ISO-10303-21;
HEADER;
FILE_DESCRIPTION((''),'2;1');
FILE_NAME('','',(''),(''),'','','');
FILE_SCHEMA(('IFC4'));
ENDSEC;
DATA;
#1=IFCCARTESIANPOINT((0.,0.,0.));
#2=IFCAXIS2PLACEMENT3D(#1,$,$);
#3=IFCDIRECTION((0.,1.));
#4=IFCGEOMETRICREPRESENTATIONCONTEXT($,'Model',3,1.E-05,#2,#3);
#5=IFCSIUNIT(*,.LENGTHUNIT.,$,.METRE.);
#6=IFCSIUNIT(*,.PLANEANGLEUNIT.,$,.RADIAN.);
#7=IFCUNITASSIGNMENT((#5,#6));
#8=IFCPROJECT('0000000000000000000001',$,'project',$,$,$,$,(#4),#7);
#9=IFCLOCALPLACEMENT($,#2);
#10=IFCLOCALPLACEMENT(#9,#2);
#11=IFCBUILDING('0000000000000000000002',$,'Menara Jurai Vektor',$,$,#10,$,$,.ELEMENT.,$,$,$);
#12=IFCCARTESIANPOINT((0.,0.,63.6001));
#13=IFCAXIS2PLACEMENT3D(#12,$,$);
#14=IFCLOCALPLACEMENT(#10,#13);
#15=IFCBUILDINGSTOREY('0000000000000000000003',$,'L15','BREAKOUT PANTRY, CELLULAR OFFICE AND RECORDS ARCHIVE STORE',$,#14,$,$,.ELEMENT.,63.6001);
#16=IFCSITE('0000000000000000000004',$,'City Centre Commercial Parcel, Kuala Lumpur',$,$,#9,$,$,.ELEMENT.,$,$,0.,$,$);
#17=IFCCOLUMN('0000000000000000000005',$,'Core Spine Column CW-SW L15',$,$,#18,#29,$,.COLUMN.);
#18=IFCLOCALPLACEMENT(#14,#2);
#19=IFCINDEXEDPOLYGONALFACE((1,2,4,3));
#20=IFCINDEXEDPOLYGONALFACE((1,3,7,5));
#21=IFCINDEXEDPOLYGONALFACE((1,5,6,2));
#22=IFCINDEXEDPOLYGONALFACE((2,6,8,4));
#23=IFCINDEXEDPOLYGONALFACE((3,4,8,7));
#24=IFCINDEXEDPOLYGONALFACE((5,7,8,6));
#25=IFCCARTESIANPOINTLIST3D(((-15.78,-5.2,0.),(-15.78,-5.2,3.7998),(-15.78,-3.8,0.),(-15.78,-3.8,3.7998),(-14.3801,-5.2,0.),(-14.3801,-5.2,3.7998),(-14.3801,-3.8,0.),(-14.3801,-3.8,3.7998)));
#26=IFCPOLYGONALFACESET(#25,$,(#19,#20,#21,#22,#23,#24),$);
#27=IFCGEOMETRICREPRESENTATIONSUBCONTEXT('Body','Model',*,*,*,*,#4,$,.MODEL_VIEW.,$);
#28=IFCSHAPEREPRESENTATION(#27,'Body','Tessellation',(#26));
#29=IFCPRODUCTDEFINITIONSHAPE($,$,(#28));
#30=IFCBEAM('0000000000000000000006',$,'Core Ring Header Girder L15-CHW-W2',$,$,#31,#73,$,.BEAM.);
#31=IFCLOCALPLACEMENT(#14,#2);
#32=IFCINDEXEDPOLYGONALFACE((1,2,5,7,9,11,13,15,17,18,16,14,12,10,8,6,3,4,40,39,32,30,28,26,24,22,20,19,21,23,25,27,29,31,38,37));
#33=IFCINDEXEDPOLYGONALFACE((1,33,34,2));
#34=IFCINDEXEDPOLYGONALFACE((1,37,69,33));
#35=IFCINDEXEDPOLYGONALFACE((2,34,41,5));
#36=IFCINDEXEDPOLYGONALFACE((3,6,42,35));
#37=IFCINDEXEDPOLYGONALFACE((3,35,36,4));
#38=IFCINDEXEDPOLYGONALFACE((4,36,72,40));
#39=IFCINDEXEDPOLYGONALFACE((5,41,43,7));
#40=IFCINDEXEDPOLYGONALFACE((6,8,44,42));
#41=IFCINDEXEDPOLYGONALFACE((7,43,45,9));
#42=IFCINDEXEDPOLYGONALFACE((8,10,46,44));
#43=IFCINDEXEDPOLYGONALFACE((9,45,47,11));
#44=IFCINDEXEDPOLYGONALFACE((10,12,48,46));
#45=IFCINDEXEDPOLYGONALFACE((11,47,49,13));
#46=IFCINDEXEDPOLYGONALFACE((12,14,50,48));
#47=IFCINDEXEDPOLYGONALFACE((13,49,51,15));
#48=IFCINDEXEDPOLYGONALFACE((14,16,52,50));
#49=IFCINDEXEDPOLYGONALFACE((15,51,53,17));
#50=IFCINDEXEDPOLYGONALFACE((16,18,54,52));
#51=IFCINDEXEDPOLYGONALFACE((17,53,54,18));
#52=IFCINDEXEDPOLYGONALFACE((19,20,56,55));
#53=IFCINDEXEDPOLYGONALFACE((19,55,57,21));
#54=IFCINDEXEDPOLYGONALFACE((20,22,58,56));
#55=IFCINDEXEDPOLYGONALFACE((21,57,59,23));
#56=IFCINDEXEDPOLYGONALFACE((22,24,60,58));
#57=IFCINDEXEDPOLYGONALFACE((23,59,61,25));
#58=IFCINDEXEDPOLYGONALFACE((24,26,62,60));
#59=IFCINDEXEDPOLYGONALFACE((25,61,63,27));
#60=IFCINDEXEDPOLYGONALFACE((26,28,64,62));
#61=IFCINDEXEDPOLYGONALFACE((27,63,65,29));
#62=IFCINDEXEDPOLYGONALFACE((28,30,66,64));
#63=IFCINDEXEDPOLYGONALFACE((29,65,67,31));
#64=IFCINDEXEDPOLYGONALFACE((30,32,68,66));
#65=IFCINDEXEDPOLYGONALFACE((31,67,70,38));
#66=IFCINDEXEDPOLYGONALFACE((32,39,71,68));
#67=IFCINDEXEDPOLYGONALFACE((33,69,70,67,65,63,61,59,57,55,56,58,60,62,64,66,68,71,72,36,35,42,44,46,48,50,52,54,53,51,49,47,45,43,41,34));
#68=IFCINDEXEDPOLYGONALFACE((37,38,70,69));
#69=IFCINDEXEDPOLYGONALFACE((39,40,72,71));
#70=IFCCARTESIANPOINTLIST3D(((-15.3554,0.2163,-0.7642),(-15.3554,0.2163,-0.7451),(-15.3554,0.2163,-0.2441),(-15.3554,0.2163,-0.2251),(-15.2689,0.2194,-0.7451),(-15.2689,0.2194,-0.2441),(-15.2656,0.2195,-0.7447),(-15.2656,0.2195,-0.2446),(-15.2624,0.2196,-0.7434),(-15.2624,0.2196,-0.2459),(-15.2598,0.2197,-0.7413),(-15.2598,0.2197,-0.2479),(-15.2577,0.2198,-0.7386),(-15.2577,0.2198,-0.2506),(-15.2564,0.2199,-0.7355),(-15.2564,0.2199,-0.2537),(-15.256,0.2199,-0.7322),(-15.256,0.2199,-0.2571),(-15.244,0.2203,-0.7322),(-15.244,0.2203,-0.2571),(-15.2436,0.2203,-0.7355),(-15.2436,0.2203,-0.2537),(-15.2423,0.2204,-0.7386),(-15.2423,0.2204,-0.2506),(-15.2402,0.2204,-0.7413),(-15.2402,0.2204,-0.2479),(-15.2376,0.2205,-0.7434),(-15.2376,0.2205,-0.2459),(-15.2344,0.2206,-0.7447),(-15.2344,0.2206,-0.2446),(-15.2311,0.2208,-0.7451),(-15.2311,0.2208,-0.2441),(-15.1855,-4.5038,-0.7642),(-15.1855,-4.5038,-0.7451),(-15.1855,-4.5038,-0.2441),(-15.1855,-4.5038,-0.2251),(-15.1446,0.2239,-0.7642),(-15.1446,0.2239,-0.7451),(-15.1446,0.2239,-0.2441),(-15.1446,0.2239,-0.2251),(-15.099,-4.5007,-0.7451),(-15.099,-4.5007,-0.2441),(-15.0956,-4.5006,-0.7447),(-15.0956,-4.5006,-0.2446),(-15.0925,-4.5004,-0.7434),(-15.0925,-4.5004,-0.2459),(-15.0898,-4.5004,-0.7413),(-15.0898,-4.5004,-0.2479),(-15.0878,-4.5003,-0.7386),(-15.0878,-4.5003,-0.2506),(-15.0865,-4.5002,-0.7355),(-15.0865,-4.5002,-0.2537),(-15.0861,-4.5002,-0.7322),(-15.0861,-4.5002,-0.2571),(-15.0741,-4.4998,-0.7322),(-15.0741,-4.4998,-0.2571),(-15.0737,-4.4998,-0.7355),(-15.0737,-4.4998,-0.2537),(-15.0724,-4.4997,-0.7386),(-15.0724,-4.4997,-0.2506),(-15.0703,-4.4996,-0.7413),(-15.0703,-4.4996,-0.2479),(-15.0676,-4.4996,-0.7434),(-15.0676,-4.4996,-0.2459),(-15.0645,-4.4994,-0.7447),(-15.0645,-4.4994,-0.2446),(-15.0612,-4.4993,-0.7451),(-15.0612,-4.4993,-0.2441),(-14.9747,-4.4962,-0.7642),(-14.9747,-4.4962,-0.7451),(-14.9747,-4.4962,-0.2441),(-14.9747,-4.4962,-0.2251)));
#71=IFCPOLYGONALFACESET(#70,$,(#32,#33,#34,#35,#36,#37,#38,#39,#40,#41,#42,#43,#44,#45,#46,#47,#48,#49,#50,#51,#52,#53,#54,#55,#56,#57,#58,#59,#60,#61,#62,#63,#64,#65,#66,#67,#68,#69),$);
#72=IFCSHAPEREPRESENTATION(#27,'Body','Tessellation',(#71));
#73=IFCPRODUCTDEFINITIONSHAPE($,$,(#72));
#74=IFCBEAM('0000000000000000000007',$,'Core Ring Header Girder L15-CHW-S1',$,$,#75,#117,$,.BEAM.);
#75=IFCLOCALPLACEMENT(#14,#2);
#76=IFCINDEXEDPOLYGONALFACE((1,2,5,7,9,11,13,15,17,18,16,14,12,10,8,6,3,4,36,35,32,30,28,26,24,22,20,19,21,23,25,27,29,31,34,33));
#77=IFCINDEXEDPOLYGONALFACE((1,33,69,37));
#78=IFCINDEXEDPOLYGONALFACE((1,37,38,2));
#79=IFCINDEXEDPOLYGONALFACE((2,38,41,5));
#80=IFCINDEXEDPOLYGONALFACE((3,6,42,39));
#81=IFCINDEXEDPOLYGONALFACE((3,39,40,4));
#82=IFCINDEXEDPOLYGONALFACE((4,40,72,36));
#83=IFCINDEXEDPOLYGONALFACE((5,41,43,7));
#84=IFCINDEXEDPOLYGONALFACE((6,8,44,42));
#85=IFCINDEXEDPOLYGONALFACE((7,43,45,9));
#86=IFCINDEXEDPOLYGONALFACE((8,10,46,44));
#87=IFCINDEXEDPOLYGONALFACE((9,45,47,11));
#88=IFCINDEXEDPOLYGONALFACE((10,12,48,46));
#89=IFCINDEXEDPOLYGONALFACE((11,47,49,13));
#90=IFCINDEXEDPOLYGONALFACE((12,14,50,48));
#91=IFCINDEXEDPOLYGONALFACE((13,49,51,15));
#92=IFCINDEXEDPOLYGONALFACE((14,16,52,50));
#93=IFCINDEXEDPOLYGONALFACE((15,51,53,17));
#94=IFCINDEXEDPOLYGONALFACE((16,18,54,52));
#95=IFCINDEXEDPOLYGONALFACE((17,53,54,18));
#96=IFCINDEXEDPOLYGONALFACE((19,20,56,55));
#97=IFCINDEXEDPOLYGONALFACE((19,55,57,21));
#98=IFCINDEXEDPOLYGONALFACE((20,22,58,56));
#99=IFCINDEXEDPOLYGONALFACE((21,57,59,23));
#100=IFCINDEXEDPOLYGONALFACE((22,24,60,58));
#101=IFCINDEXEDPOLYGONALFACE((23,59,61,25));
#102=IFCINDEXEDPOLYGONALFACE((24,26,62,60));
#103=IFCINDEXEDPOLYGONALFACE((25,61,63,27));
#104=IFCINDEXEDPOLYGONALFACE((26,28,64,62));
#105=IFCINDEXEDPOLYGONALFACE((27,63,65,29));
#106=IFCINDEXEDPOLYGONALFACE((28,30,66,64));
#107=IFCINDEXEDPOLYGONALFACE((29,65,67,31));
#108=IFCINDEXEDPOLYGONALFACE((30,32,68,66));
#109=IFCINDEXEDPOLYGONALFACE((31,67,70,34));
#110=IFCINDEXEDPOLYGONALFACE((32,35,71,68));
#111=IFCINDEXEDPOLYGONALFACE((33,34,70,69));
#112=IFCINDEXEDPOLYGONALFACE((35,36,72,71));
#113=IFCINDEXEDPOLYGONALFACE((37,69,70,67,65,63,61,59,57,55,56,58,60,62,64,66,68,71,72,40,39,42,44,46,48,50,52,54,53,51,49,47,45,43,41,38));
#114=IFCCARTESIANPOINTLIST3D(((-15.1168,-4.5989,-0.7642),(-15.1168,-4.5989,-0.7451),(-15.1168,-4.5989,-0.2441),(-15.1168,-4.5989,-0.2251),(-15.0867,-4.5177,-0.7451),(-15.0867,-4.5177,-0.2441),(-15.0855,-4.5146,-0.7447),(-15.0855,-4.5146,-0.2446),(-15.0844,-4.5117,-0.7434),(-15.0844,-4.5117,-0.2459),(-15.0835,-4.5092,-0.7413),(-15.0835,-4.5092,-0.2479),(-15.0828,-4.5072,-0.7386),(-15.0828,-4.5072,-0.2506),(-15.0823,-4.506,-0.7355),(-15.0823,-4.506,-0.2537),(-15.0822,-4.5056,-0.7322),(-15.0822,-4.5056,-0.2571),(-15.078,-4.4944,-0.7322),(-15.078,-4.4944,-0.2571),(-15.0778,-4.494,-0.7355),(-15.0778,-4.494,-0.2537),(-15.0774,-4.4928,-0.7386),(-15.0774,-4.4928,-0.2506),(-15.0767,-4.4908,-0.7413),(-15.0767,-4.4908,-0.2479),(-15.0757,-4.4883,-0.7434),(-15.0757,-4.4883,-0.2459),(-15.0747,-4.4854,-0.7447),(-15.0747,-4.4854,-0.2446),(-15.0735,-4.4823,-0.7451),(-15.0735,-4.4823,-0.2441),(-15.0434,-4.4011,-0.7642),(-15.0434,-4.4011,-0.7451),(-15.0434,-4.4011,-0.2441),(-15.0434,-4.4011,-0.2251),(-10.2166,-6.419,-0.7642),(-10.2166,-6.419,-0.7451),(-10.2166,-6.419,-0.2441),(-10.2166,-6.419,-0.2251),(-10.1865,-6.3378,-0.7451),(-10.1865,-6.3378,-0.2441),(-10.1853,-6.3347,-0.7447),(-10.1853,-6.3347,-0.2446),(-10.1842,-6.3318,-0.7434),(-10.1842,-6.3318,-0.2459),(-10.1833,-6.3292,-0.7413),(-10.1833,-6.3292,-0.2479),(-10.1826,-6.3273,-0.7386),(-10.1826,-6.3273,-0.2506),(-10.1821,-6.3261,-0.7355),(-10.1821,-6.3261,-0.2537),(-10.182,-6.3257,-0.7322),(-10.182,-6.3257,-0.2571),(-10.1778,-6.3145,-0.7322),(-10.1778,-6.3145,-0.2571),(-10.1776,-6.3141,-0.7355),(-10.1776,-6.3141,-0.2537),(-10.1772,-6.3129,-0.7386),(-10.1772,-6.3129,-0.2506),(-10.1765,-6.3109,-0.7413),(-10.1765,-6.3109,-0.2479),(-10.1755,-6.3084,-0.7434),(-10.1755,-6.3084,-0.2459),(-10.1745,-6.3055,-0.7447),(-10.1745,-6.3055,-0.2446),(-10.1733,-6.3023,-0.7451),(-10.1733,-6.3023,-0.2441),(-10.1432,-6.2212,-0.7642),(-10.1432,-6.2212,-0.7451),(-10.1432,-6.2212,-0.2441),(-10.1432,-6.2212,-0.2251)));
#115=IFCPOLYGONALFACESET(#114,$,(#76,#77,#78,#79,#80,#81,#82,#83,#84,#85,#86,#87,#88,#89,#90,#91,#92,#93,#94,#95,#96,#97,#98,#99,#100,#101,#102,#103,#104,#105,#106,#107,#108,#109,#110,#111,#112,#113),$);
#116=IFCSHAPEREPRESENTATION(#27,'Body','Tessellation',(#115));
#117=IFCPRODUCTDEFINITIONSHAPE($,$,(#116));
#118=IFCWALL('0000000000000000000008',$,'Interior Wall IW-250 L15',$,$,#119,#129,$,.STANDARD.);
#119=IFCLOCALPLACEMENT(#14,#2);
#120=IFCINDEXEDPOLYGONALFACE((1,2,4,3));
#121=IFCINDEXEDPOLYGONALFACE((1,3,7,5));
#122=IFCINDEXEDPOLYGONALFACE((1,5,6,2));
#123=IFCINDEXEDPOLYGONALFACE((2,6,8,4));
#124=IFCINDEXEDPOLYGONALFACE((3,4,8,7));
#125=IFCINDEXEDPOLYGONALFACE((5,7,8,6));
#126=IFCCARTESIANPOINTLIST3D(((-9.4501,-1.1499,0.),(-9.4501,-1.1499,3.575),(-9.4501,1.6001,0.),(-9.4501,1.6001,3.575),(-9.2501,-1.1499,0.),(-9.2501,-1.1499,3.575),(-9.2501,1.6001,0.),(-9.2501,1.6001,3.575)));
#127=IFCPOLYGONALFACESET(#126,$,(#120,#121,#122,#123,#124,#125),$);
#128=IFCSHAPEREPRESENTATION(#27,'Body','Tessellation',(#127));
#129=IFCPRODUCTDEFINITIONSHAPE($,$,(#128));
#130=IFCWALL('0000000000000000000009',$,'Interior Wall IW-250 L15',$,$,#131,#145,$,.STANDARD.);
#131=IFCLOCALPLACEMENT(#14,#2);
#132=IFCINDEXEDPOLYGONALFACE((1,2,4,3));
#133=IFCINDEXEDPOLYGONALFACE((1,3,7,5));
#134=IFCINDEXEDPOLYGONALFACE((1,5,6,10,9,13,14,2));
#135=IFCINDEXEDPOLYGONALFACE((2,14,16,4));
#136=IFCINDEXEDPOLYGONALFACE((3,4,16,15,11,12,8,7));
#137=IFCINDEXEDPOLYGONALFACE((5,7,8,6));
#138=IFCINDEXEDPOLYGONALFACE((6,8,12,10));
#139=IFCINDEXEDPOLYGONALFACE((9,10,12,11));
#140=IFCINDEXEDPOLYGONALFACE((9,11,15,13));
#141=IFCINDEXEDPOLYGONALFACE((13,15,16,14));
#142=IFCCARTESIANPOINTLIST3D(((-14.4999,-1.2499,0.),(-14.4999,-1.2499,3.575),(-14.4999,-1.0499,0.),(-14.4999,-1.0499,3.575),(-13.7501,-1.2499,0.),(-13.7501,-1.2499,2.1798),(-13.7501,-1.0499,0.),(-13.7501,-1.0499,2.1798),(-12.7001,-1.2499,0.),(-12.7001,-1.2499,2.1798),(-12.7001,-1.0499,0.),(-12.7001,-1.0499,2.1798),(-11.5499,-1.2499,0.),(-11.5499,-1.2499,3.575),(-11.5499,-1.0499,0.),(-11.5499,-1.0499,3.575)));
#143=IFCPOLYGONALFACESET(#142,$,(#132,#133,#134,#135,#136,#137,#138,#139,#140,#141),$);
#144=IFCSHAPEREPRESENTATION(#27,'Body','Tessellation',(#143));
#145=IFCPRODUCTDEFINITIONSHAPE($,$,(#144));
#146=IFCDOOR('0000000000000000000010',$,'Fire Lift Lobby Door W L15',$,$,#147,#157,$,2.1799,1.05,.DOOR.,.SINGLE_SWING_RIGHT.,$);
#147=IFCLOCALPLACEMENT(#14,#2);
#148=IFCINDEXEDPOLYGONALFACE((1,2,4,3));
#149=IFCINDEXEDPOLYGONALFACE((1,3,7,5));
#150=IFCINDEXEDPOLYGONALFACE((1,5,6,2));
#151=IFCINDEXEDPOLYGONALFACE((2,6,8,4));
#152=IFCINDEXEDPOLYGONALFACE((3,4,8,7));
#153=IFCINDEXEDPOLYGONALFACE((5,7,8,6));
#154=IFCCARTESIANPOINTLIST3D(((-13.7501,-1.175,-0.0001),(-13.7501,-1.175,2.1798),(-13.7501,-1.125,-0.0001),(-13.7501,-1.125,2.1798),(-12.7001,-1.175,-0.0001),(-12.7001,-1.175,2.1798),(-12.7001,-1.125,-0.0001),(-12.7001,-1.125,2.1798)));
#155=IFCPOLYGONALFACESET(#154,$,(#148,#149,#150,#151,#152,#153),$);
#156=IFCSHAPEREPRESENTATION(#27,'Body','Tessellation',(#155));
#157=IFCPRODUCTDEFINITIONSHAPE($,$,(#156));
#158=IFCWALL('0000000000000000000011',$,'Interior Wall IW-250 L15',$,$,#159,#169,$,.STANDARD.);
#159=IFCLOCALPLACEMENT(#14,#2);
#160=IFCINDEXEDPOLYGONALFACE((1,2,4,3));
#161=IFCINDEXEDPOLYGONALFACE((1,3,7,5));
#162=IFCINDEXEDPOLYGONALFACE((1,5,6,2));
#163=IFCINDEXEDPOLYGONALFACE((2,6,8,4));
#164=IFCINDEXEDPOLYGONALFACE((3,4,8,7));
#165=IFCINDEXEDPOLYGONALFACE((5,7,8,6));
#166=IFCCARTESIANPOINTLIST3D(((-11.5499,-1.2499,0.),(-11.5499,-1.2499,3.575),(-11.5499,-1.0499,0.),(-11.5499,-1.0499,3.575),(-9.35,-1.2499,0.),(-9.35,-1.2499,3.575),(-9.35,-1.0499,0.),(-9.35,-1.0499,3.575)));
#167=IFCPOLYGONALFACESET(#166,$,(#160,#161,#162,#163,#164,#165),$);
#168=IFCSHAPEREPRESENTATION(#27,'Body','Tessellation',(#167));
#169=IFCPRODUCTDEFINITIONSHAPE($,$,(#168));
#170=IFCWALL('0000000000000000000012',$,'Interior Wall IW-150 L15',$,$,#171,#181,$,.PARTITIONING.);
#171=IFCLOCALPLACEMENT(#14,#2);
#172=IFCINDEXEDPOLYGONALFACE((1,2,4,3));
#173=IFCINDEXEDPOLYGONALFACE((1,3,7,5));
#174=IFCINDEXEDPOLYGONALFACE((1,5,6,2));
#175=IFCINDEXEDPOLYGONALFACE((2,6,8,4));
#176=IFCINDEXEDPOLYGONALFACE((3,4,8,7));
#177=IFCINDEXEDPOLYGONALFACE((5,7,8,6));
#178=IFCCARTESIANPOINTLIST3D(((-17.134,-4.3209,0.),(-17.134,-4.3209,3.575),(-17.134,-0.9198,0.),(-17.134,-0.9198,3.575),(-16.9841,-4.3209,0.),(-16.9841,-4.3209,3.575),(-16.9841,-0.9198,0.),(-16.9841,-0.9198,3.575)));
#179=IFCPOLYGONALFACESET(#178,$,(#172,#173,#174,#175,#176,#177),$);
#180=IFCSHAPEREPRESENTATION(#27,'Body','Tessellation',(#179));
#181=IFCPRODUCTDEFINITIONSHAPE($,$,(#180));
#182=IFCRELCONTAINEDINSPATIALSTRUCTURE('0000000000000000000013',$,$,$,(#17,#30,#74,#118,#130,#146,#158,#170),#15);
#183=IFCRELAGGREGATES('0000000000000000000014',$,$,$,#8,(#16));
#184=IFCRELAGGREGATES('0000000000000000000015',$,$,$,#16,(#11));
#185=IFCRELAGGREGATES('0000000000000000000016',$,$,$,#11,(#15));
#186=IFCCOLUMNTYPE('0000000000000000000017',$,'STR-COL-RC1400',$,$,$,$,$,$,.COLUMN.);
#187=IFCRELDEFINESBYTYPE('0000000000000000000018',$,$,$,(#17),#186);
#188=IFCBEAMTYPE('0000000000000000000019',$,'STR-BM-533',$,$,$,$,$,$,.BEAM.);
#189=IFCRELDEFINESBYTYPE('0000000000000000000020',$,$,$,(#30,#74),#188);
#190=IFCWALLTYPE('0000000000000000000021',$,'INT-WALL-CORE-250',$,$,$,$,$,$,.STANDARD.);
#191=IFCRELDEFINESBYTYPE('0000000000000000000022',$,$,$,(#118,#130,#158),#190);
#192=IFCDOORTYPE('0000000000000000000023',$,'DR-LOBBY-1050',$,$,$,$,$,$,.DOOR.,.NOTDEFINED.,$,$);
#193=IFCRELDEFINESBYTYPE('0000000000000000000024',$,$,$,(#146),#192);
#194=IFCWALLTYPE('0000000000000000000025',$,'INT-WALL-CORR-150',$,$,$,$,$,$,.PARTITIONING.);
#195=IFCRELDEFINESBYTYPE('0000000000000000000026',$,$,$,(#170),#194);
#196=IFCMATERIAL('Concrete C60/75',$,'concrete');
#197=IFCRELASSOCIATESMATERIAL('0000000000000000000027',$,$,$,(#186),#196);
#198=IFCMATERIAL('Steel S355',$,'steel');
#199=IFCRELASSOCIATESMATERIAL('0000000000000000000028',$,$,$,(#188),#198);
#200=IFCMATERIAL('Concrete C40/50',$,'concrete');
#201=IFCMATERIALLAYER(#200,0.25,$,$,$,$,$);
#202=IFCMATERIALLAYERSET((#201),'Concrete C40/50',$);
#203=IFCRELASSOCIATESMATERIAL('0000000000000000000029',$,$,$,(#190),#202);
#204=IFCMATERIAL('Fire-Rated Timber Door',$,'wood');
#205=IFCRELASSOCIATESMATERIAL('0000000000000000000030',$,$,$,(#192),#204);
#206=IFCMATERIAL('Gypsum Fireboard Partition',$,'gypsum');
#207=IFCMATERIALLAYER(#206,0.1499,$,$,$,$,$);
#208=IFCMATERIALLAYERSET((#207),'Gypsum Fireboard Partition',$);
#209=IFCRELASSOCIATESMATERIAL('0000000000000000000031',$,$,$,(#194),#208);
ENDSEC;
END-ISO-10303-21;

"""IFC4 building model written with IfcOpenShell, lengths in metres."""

from ifc_helpers import new_model, si_unit, direction, frame, frame_2d, origin, origin_2d, place, context, subcontext, project, spatial, rectangle, i_section, extrude, material, layer, layer_set, material_profile, profile_set, type_object, element, fill, save


model = new_model("IFC4")

# Units and contexts
model_context = context("Model", 3, precision=1e-05, world=origin(), true_north=direction((0.0, 1.0)))
body_context = subcontext(model_context, "Body", "Model", "MODEL_VIEW")
ifc_project = project(units=[si_unit("LENGTHUNIT", "METRE"), si_unit("PLANEANGLEUNIT", "RADIAN")], contexts=[model_context])

# Site, building, storey
site_placement = place(None, origin())
site = spatial("IfcSite", under=ifc_project, at=site_placement, Name="City Centre Commercial Parcel, Kuala Lumpur", CompositionType="ELEMENT", RefElevation=0.0)
building_placement = place(site_placement, origin())
building = spatial("IfcBuilding", under=site, at=building_placement, Name="Menara Jurai Vektor", CompositionType="ELEMENT")
storey_placement = place(building_placement, frame((0.0, 0.0, 63.6001)))
storey = spatial("IfcBuildingStorey", under=building, at=storey_placement, Name="L15", Description="BREAKOUT PANTRY, CELLULAR OFFICE AND RECORDS ARCHIVE STORE", CompositionType="ELEMENT", Elevation=63.6001)

# Column
ifc_material_1 = material(Name="Concrete C60/75", Category="concrete")
ifc_material_profile_1 = material_profile(ifc_material_1, rectangle(XDim=1.3999, YDim=1.3999, at=origin_2d()), Name="RC 1400x1400")
ifc_profile_set_1 = profile_set([ifc_material_profile_1], Name="Concrete C60/75")
column_type = type_object("IfcColumnType", Name="STR-COL-RC1400", PredefinedType="COLUMN", material=ifc_profile_set_1)
column_placement = place(storey_placement, frame((-15.0801, -4.5, 0.0), z_axis=(0.0, 0.0, 1.0), x_axis=(1.0, 0.0, 0.0)))
element("IfcColumn", 1, at=column_placement, inside=storey, type_object=column_type, Name="Core Spine Column CW-SW L15", PredefinedType="COLUMN", context=body_context, shape_type="SweptSolid", body=[
    extrude(rectangle(XDim=1.3999, YDim=1.3999, at=origin_2d()), origin(), (0.0, 0.0, 1.0), 3.7998),
])

# Beams
ifc_material_2 = material(Name="Steel S355", Category="steel")
ifc_material_profile_2 = material_profile(ifc_material_2, i_section(OverallWidth=0.2109, OverallDepth=0.5391, WebThickness=0.012, FlangeThickness=0.019, FilletRadius=0.0129, at=origin_2d()), Name="UKB 533x210x109")
ifc_profile_set_2 = profile_set([ifc_material_profile_2], Name="Steel S355")
beam_type = type_object("IfcBeamType", Name="STR-BM-533", PredefinedType="BEAM", material=ifc_profile_set_2)
beam_1_placement = place(storey_placement, frame((-15.0801, -4.5, -0.4946), z_axis=(-0.035977, 0.999353, 0.0), x_axis=(-0.999353, -0.035977, 0.0)))
element("IfcBeam", 2, at=beam_1_placement, inside=storey, type_object=beam_type, Name="Core Ring Header Girder L15-CHW-W2", PredefinedType="BEAM", context=body_context, shape_type="SweptSolid", body=[
    extrude(i_section(OverallWidth=0.2109, OverallDepth=0.5391, WebThickness=0.012, FlangeThickness=0.019, FilletRadius=0.0129, at=origin_2d()), origin(), (0.0, 0.0, 1.0), 4.7231),
])
beam_2_placement = place(storey_placement, frame((-15.0801, -4.5, -0.4946), z_axis=(0.937424, -0.348189, 0.0), x_axis=(0.348189, 0.937424, 0.0)))
element("IfcBeam", 3, at=beam_2_placement, inside=storey, type_object=beam_type, Name="Core Ring Header Girder L15-CHW-S1", PredefinedType="BEAM", context=body_context, shape_type="SweptSolid", body=[
    extrude(i_section(OverallWidth=0.2109, OverallDepth=0.5391, WebThickness=0.012, FlangeThickness=0.019, FilletRadius=0.0129, at=origin_2d()), origin(), (0.0, 0.0, 1.0), 5.2273),
])

# Shared definitions
ifc_material_3 = material(Name="Concrete C40/50", Category="concrete")
ifc_layer_1 = layer(ifc_material_3, 0.25)
ifc_layer_set_1 = layer_set([ifc_layer_1], Name="Concrete C40/50")
wall_type_1 = type_object("IfcWallType", Name="INT-WALL-CORE-250", PredefinedType="STANDARD", material=ifc_layer_set_1)

# Wall
wall_1_placement = place(storey_placement, frame((-9.3501, -1.1499, 0.0), z_axis=(0.0, 0.0, 1.0), x_axis=(0.0, 1.0, 0.0)))
element("IfcWall", 4, at=wall_1_placement, inside=storey, type_object=wall_type_1, Name="Interior Wall IW-250 L15", PredefinedType="STANDARD", context=body_context, shape_type="SweptSolid", body=[
    extrude(rectangle(XDim=2.75, YDim=0.2, at=frame_2d((1.375, 0.0))), origin(), (0.0, 0.0, 1.0), 3.575),
])

# Wall, opening, door
wall_2_placement = place(storey_placement, frame((-14.5, -1.1499, 0.0), z_axis=(0.0, 0.0, 1.0), x_axis=(1.0, 0.0, 0.0)))
wall_2 = element("IfcWall", 5, at=wall_2_placement, inside=storey, type_object=wall_type_1, Name="Interior Wall IW-250 L15", PredefinedType="STANDARD", context=body_context, shape_type="SweptSolid", body=[
    extrude(rectangle(XDim=2.95, YDim=0.2, at=frame_2d((1.4751, 0.0))), origin(), (0.0, 0.0, 1.0), 3.575),
])
opening_1_placement = place(wall_2_placement, frame((0.75, 0.0, 0.0)))
opening_1 = element("IfcOpeningElement", 6, at=opening_1_placement, cuts=wall_2, PredefinedType="OPENING", context=body_context, shape_type="SweptSolid", body=[
    extrude(rectangle(XDim=1.05, YDim=2.1799, at=frame_2d((0.5249, 1.0898))), frame((0.0, 0.1099, 0.0), z_axis=(0.0, -1.0, 0.0), x_axis=(1.0, 0.0, 0.0)), (0.0, 0.0, 1.0), 0.22),
])
ifc_material_4 = material(Name="Fire-Rated Timber Door", Category="wood")
door_type_1 = type_object("IfcDoorType", Name="DR-LOBBY-1050", OperationType="NOTDEFINED", PredefinedType="DOOR", material=ifc_material_4)
door_1_placement = place(opening_1_placement, origin())
door_1 = element("IfcDoor", 7, at=door_1_placement, inside=storey, type_object=door_type_1, Name="Fire Lift Lobby Door W L15", OperationType="SINGLE_SWING_RIGHT", OverallHeight=2.1799, OverallWidth=1.05, PredefinedType="DOOR", context=body_context, shape_type="SweptSolid", body=[
    extrude(rectangle(XDim=1.05, YDim=2.1799, at=frame_2d((0.5249, 1.0898))), frame((0.0, 0.0249, 0.0), z_axis=(0.0, -1.0, 0.0), x_axis=(1.0, 0.0, 0.0)), (0.0, 0.0, 1.0), 0.05),
])
fill(opening_1, door_1)

# Walls
wall_3_placement = place(storey_placement, frame((-11.55, -1.1499, 0.0), z_axis=(0.0, 0.0, 1.0), x_axis=(1.0, 0.0, 0.0)))
element("IfcWall", 8, at=wall_3_placement, inside=storey, type_object=wall_type_1, Name="Interior Wall IW-250 L15", PredefinedType="STANDARD", context=body_context, shape_type="SweptSolid", body=[
    extrude(rectangle(XDim=2.2, YDim=0.2, at=frame_2d((1.1001, 0.0))), origin(), (0.0, 0.0, 1.0), 3.575),
])
ifc_material_5 = material(Name="Gypsum Fireboard Partition", Category="gypsum")
ifc_layer_2 = layer(ifc_material_5, 0.1499)
ifc_layer_set_2 = layer_set([ifc_layer_2], Name="Gypsum Fireboard Partition")
wall_type_2 = type_object("IfcWallType", Name="INT-WALL-CORR-150", PredefinedType="PARTITIONING", material=ifc_layer_set_2)
wall_4_placement = place(storey_placement, frame((-17.0591, -4.321, 0.0), z_axis=(0.0, 0.0, 1.0), x_axis=(0.0, 1.0, 0.0)))
element("IfcWall", 9, at=wall_4_placement, inside=storey, type_object=wall_type_2, Name="Interior Wall IW-150 L15", PredefinedType="PARTITIONING", context=body_context, shape_type="SweptSolid", body=[
    extrude(rectangle(XDim=3.4011, YDim=0.1499, at=frame_2d((1.7007, 0.0))), origin(), (0.0, 0.0, 1.0), 3.575),
])

save(model, "model.ifc")
